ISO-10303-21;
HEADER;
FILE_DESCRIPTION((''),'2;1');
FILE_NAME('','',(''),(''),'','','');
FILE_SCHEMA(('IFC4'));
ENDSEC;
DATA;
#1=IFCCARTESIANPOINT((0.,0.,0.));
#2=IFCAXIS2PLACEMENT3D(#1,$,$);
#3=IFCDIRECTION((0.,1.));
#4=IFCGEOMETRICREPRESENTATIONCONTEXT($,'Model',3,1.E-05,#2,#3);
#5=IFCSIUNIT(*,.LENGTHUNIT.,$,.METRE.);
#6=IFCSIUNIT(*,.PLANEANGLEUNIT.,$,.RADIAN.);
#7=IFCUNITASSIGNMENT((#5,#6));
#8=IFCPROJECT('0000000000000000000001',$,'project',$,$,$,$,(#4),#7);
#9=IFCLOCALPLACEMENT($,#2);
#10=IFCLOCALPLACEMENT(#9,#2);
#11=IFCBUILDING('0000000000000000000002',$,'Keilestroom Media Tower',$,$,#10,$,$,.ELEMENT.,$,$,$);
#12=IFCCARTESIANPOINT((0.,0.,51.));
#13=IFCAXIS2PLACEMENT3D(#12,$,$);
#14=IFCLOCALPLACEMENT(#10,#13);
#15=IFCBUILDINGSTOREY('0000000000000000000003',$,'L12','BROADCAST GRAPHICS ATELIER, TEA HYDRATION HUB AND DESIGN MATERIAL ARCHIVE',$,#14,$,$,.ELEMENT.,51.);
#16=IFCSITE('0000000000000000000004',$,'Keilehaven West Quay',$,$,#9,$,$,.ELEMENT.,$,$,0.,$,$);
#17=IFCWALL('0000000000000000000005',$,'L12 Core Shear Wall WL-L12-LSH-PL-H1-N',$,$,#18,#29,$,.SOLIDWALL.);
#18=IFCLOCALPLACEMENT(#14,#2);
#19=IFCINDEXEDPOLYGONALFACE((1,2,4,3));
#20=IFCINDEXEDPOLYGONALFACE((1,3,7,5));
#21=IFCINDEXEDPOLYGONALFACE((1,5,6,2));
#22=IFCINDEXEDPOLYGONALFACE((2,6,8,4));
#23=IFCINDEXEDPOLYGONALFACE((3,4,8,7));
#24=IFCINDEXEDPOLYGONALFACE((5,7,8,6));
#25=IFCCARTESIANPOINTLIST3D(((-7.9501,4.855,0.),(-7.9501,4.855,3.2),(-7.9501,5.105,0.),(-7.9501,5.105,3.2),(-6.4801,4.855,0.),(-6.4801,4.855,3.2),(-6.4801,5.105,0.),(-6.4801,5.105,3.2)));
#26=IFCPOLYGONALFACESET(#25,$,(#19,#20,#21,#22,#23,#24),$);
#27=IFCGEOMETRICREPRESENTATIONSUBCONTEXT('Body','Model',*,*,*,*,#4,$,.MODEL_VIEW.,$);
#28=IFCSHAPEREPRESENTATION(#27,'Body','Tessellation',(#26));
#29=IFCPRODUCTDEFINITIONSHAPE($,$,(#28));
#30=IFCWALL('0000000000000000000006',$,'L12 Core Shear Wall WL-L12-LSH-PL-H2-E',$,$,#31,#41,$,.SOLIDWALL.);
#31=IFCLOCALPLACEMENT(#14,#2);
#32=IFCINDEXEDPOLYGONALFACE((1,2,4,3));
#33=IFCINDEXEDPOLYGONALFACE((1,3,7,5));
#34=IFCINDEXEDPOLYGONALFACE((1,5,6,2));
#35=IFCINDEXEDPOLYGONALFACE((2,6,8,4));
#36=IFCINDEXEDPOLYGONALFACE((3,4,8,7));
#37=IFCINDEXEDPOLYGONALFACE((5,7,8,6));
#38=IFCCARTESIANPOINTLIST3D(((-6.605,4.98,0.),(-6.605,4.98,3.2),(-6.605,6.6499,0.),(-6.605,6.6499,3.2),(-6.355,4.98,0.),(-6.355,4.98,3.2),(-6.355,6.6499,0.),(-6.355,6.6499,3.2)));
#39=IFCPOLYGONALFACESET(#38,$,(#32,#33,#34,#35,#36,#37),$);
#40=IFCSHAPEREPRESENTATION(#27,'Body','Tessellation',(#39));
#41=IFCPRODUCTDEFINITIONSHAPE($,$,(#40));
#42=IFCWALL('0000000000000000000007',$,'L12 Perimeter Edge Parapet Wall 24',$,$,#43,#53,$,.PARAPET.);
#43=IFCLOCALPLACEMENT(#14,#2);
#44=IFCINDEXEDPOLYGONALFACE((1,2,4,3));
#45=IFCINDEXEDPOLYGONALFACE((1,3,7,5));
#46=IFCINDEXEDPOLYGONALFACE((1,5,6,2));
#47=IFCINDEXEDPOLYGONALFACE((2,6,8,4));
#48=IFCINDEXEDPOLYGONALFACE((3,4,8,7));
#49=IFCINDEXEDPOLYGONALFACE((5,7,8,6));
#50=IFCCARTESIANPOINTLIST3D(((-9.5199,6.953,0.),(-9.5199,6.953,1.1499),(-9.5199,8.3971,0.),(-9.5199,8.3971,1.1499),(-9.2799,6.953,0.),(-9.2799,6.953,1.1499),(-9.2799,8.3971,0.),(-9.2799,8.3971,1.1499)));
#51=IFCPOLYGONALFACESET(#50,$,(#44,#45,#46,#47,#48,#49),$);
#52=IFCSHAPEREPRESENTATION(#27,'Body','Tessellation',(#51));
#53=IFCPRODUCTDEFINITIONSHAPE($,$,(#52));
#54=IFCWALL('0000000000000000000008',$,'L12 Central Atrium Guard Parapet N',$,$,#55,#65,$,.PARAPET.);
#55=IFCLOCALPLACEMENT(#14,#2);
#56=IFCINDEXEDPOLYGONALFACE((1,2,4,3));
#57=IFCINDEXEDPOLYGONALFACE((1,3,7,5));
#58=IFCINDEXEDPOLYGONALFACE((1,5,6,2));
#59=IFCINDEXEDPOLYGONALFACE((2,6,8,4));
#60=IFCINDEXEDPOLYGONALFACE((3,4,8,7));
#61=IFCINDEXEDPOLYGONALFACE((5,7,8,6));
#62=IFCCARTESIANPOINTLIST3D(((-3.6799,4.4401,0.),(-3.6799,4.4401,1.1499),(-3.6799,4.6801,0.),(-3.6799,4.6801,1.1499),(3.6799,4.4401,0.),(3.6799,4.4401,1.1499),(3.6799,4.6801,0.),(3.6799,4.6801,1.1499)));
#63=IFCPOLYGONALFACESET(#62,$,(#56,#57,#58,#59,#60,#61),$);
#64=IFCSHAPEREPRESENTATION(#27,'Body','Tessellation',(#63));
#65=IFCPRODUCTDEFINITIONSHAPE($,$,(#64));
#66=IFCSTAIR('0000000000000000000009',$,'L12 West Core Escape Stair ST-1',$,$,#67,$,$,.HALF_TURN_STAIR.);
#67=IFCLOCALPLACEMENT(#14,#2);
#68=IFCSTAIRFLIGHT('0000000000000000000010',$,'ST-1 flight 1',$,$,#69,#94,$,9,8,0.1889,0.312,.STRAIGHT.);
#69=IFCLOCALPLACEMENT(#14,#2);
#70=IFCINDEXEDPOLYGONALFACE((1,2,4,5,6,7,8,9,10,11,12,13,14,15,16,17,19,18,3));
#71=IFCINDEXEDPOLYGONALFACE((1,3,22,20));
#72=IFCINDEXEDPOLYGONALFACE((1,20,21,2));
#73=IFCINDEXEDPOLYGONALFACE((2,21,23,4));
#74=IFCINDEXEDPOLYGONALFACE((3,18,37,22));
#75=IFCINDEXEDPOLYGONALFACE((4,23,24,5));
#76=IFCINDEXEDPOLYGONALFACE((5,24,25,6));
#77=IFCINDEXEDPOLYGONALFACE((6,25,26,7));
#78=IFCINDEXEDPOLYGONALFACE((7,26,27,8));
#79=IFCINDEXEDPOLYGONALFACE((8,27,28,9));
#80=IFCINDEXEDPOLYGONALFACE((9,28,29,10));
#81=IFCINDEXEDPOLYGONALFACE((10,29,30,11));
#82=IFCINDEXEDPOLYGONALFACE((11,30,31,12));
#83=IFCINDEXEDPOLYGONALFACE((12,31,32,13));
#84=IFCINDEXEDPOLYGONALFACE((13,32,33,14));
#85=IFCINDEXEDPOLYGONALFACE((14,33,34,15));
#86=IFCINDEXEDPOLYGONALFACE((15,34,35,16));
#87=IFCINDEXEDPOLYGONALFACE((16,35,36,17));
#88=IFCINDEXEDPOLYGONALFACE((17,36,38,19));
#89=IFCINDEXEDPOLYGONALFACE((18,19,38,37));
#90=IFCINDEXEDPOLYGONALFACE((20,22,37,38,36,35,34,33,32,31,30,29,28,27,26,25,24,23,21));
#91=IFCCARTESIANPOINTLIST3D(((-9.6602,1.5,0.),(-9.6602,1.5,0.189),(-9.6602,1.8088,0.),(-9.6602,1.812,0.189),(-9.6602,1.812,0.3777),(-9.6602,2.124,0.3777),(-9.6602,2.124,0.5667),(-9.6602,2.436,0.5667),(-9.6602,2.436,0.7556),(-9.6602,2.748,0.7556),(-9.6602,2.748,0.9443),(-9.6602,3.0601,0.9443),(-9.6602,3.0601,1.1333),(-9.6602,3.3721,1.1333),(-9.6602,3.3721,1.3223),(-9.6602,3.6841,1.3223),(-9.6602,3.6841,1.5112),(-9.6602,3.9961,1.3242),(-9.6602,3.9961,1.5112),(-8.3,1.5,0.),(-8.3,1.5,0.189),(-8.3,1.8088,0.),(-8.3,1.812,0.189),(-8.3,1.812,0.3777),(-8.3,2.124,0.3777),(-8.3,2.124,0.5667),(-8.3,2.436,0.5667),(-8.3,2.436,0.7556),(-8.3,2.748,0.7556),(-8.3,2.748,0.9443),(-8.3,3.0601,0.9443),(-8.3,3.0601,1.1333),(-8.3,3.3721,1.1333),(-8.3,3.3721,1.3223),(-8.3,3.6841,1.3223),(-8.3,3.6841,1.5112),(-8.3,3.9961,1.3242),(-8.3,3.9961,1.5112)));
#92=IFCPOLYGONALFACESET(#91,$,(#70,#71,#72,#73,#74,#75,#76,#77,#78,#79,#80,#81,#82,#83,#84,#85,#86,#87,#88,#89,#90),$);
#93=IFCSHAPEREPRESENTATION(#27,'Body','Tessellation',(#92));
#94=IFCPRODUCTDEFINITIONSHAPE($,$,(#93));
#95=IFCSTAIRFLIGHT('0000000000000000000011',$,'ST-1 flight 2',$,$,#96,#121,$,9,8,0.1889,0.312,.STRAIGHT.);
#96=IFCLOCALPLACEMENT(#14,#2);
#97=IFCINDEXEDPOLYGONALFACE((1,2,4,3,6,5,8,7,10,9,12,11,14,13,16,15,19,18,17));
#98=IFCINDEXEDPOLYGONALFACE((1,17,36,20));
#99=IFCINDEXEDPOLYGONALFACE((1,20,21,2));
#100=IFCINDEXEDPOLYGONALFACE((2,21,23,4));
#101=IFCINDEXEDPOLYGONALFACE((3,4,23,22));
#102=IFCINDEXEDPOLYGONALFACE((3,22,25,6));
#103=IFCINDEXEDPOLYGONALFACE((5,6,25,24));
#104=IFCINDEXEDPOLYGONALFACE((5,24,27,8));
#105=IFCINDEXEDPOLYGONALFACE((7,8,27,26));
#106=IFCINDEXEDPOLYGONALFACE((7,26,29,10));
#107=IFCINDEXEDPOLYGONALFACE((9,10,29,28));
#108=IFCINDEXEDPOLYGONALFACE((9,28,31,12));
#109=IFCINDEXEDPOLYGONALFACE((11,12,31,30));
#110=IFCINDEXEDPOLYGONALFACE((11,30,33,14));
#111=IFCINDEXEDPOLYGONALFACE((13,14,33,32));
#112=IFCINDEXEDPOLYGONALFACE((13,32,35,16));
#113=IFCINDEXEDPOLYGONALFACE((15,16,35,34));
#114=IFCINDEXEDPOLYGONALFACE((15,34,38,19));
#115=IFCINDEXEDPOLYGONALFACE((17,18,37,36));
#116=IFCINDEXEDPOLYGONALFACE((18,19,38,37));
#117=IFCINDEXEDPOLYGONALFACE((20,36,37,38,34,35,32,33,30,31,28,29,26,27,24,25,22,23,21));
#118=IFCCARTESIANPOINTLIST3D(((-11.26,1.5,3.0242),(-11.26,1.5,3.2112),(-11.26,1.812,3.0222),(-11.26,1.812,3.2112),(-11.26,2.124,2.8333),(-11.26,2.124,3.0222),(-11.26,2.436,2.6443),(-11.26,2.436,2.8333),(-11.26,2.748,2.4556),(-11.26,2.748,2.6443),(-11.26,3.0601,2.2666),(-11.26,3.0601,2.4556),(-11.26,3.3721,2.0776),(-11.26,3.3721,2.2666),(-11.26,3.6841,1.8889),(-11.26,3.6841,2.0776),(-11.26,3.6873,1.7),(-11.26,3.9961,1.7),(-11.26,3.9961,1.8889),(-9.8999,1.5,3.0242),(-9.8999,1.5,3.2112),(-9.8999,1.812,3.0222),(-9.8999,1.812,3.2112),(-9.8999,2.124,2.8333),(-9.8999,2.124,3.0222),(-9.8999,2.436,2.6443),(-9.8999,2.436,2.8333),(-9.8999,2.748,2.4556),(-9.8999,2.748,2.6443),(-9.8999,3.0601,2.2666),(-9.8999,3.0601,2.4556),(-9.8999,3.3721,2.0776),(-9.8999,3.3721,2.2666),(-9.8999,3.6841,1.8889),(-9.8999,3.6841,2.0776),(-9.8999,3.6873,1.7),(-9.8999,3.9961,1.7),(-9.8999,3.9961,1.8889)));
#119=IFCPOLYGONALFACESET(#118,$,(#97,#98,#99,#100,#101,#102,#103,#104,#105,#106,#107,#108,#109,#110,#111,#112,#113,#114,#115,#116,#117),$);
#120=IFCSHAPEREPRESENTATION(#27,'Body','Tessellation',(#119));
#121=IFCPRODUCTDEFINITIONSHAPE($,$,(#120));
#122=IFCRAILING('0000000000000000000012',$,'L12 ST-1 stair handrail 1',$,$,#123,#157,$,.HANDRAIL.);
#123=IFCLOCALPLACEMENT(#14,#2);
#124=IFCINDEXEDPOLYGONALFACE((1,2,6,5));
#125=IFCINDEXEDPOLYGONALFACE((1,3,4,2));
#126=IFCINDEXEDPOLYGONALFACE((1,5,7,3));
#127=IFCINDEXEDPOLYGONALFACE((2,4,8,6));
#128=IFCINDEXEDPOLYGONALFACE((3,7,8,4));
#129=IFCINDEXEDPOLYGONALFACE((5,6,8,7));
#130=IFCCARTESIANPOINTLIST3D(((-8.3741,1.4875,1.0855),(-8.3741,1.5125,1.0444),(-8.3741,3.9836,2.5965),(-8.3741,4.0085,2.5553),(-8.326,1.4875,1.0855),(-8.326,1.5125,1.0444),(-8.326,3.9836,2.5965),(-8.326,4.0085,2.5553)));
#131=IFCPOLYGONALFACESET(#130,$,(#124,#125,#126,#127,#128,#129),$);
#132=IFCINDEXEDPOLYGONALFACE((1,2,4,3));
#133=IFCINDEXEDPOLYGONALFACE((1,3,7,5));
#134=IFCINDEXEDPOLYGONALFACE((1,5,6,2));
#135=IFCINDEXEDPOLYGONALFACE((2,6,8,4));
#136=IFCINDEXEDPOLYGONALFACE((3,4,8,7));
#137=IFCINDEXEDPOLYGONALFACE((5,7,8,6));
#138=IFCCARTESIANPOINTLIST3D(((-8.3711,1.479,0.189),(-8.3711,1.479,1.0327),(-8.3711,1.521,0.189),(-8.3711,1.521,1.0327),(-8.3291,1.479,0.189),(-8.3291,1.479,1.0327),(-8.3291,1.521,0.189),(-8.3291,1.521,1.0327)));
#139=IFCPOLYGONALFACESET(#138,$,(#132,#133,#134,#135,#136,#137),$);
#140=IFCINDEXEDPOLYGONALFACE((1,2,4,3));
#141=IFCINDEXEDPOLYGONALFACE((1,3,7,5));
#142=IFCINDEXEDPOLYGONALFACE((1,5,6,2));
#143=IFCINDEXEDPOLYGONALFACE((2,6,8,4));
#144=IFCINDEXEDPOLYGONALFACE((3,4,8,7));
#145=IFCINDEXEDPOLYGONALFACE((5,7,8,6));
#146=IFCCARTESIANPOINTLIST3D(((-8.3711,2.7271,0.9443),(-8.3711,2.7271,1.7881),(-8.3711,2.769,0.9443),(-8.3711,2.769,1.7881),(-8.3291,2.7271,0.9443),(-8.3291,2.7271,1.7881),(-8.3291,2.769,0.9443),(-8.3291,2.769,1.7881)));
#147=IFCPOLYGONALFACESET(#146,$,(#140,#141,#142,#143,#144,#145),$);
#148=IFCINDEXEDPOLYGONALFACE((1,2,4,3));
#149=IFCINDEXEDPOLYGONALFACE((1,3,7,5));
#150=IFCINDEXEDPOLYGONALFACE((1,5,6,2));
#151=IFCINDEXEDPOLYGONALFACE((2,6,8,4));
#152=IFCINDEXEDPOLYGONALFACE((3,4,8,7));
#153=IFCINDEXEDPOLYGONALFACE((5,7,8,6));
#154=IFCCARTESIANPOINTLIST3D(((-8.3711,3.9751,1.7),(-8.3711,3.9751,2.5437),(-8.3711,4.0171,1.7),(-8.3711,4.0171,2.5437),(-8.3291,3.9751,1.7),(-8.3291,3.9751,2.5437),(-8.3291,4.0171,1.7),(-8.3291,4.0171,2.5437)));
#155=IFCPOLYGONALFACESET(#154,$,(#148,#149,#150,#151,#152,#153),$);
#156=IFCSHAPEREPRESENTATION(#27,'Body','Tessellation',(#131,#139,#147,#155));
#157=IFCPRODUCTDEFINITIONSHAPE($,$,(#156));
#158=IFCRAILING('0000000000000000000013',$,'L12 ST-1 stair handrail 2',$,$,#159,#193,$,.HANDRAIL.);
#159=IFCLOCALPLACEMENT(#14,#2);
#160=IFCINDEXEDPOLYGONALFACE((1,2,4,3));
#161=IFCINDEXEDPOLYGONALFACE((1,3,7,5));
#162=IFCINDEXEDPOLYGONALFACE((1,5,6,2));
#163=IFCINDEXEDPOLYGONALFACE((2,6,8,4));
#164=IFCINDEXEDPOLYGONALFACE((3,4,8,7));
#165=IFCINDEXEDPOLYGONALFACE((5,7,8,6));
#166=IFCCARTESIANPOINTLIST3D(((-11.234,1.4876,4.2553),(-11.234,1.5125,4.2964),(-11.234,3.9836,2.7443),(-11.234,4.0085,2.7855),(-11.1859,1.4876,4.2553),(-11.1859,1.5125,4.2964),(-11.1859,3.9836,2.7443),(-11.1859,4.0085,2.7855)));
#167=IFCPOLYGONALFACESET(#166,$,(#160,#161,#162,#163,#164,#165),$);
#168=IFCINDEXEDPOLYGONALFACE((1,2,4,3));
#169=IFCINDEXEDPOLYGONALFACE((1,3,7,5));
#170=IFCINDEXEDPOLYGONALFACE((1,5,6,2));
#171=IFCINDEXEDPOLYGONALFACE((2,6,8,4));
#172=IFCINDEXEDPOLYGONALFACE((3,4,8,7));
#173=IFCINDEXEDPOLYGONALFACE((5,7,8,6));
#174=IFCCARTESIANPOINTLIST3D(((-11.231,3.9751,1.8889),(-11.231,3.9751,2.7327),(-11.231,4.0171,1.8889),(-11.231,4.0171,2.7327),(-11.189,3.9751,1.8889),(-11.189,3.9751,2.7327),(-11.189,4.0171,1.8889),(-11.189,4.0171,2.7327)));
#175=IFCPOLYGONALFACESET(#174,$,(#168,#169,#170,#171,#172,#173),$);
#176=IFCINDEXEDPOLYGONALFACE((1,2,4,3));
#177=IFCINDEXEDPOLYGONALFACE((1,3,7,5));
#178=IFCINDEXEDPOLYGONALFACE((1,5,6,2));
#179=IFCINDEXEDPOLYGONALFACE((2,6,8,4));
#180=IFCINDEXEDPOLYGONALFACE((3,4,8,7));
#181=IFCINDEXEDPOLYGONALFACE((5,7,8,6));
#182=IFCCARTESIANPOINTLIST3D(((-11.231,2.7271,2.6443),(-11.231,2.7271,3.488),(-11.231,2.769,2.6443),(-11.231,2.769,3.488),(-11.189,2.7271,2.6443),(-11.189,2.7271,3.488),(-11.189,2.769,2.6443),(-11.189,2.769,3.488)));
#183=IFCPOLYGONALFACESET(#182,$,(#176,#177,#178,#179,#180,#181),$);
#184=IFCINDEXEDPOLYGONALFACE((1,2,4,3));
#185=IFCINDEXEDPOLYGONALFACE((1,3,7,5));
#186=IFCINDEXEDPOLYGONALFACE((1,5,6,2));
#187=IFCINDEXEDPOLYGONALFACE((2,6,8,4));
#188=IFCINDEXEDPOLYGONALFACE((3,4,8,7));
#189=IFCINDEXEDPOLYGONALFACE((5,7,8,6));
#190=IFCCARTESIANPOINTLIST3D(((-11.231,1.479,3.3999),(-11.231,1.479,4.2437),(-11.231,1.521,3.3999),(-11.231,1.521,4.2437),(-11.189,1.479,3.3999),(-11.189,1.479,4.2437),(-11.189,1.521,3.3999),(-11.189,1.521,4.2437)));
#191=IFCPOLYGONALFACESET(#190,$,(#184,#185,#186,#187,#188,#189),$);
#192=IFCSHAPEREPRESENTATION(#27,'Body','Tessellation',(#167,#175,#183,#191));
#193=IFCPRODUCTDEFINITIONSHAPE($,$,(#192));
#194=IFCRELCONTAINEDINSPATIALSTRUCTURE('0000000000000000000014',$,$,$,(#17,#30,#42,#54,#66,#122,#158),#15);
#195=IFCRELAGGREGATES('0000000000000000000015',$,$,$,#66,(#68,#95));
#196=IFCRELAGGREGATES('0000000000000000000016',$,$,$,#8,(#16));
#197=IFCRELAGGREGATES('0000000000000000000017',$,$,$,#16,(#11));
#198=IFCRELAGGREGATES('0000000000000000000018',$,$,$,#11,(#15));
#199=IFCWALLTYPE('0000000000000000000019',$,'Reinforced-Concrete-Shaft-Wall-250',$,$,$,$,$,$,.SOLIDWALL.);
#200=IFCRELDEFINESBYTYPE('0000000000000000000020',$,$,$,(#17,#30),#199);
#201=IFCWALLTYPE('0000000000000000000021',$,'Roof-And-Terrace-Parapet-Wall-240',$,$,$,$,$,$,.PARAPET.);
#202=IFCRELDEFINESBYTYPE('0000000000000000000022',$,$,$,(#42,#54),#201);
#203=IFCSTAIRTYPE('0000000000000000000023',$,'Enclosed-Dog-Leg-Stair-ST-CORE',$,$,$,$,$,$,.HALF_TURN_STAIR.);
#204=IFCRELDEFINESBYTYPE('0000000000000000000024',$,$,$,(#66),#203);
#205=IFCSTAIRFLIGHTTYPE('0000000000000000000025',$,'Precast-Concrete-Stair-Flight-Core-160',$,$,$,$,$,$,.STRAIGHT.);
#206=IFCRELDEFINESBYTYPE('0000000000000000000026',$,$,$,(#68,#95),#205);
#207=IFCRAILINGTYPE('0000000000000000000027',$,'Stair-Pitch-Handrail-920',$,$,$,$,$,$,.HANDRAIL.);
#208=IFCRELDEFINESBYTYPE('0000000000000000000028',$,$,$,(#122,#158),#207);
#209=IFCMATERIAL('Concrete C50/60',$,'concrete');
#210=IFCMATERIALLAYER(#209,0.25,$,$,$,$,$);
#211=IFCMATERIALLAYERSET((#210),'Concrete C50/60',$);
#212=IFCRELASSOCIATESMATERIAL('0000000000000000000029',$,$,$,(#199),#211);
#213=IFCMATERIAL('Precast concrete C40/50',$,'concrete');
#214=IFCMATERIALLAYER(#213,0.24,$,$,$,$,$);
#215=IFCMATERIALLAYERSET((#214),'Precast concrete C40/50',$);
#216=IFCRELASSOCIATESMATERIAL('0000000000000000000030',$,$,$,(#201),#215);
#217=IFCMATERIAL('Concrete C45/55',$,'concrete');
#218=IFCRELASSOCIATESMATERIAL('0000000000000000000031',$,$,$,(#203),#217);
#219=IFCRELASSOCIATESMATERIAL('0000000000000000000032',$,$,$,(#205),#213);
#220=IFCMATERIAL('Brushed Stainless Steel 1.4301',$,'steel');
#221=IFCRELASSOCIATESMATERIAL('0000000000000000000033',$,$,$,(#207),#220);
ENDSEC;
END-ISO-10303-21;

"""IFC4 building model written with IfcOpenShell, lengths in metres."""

from ifc_helpers import new_model, si_unit, direction, frame, frame_2d, origin, origin_2d, place, context, subcontext, project, spatial, polyline, rectangle, outline, extrude, material, layer, layer_set, type_object, element, aggregate, save


model = new_model("IFC4")

# Units and contexts
model_context = context("Model", 3, precision=1e-05, world=origin(), true_north=direction((0.0, 1.0)))
body_context = subcontext(model_context, "Body", "Model", "MODEL_VIEW")
ifc_project = project(units=[si_unit("LENGTHUNIT", "METRE"), si_unit("PLANEANGLEUNIT", "RADIAN")], contexts=[model_context])

# Site, building, storey
site_placement = place(None, origin())
site = spatial("IfcSite", under=ifc_project, at=site_placement, Name="Keilehaven West Quay", CompositionType="ELEMENT", RefElevation=0.0)
building_placement = place(site_placement, origin())
building = spatial("IfcBuilding", under=site, at=building_placement, Name="Keilestroom Media Tower", CompositionType="ELEMENT")
storey_placement = place(building_placement, frame((0.0, 0.0, 51.0)))
storey = spatial("IfcBuildingStorey", under=building, at=storey_placement, Name="L12", Description="BROADCAST GRAPHICS ATELIER, TEA HYDRATION HUB AND DESIGN MATERIAL ARCHIVE", CompositionType="ELEMENT", Elevation=51.0)

# Shared definitions
ifc_material_1 = material(Name="Concrete C50/60", Category="concrete")
ifc_material_2 = material(Name="Concrete C45/55", Category="concrete")

# Shared definitions
ifc_layer_1 = layer(ifc_material_1, 0.25)
ifc_layer_set_1 = layer_set([ifc_layer_1], Name="Concrete C50/60")
wall_type_1 = type_object("IfcWallType", Name="Reinforced-Concrete-Shaft-Wall-250", PredefinedType="SOLIDWALL", material=ifc_layer_set_1)

# Walls
wall_1_placement = place(storey_placement, frame((-7.95, 4.98, 0.0), z_axis=(0.0, 0.0, 1.0), x_axis=(1.0, 0.0, 0.0)))
element("IfcWall", 1, at=wall_1_placement, inside=storey, type_object=wall_type_1, Name="L12 Core Shear Wall WL-L12-LSH-PL-H1-N", PredefinedType="SOLIDWALL", context=body_context, shape_type="SweptSolid", body=[
    extrude(rectangle(XDim=1.47, YDim=0.25, at=frame_2d((0.7349, 0.0))), origin(), (0.0, 0.0, 1.0), 3.2),
])
wall_2_placement = place(storey_placement, frame((-6.48, 4.98, 0.0), z_axis=(0.0, 0.0, 1.0), x_axis=(0.0, 1.0, 0.0)))
element("IfcWall", 2, at=wall_2_placement, inside=storey, type_object=wall_type_1, Name="L12 Core Shear Wall WL-L12-LSH-PL-H2-E", PredefinedType="SOLIDWALL", context=body_context, shape_type="SweptSolid", body=[
    extrude(rectangle(XDim=1.6699, YDim=0.25, at=frame_2d((0.835, 0.0))), origin(), (0.0, 0.0, 1.0), 3.2),
])
ifc_material_3 = material(Name="Precast concrete C40/50", Category="concrete")
ifc_layer_2 = layer(ifc_material_3, 0.24)
ifc_layer_set_2 = layer_set([ifc_layer_2], Name="Precast concrete C40/50")
wall_type_2 = type_object("IfcWallType", Name="Roof-And-Terrace-Parapet-Wall-240", PredefinedType="PARAPET", material=ifc_layer_set_2)
wall_3_placement = place(storey_placement, frame((-9.3999, 6.9529, 0.0), z_axis=(0.0, 0.0, 1.0), x_axis=(0.0, 1.0, 0.0)))
element("IfcWall", 3, at=wall_3_placement, inside=storey, type_object=wall_type_2, Name="L12 Perimeter Edge Parapet Wall 24", PredefinedType="PARAPET", context=body_context, shape_type="SweptSolid", body=[
    extrude(rectangle(XDim=1.4441, YDim=0.24, at=frame_2d((0.7222, 0.0))), origin(), (0.0, 0.0, 1.0), 1.1499),
])
wall_4_placement = place(storey_placement, frame((-3.6799, 4.5601, 0.0), z_axis=(0.0, 0.0, 1.0), x_axis=(1.0, 0.0, 0.0)))
element("IfcWall", 4, at=wall_4_placement, inside=storey, type_object=wall_type_2, Name="L12 Central Atrium Guard Parapet N", PredefinedType="PARAPET", context=body_context, shape_type="SweptSolid", body=[
    extrude(rectangle(XDim=7.3599, YDim=0.24, at=frame_2d((3.6799, 0.0))), origin(), (0.0, 0.0, 1.0), 1.1499),
])

# Stair, stair flights
stair_type = type_object("IfcStairType", Name="Enclosed-Dog-Leg-Stair-ST-CORE", PredefinedType="HALF_TURN_STAIR", material=ifc_material_2)
stair_placement = place(storey_placement, origin())
stair = element("IfcStair", 5, at=stair_placement, inside=storey, type_object=stair_type, Name="L12 West Core Escape Stair ST-1", PredefinedType="HALF_TURN_STAIR")
stair_flight_type = type_object("IfcStairFlightType", Name="Precast-Concrete-Stair-Flight-Core-160", PredefinedType="STRAIGHT", material=ifc_material_3)
stair_flight_1_placement = place(storey_placement, frame((-8.98, 1.5, 0.0), z_axis=(0.0, 0.0, 1.0), x_axis=(0.0, 1.0, 0.0)))
stair_flight_1 = element("IfcStairFlight", 6, at=stair_flight_1_placement, type_object=stair_flight_type, Name="ST-1 flight 1", NumberOfRisers=9, NumberOfTreads=8, PredefinedType="STRAIGHT", RiserHeight=0.1889, TreadLength=0.312, context=body_context, shape_type="SweptSolid", body=[
    extrude(outline(polyline([(0.0, 0.0), (0.0, 0.189), (0.312, 0.189), (0.312, 0.3777), (0.624, 0.3777), (0.624, 0.5667), (0.936, 0.5667), (0.936, 0.7556), (1.248, 0.7556), (1.248, 0.9443), (1.5601, 0.9443), (1.5601, 1.1333), (1.8721, 1.1333), (1.8721, 1.3223), (2.1841, 1.3223), (2.1841, 1.5112), (2.4961, 1.5112), (2.4961, 1.7), (2.4961, 1.3242), (0.3088, 0.0), (0.0, 0.0)])), frame((0.0, 0.6802, 0.0), z_axis=(0.0, -1.0, 0.0), x_axis=(1.0, 0.0, 0.0)), (0.0, 0.0, 1.0), 1.3601),
])
stair_flight_2_placement = place(storey_placement, frame((-10.5801, 3.9961, 1.7), z_axis=(0.0, 0.0, 1.0), x_axis=(0.0, -1.0, 0.0)))
stair_flight_2 = element("IfcStairFlight", 7, at=stair_flight_2_placement, type_object=stair_flight_type, Name="ST-1 flight 2", NumberOfRisers=9, NumberOfTreads=8, PredefinedType="STRAIGHT", RiserHeight=0.1889, TreadLength=0.312, context=body_context, shape_type="SweptSolid", body=[
    extrude(outline(polyline([(0.0, 0.0), (0.0, 0.189), (0.312, 0.189), (0.312, 0.3777), (0.624, 0.3777), (0.624, 0.5667), (0.936, 0.5667), (0.936, 0.7556), (1.248, 0.7556), (1.248, 0.9443), (1.5601, 0.9443), (1.5601, 1.1333), (1.8721, 1.1333), (1.8721, 1.3223), (2.1841, 1.3223), (2.1841, 1.5112), (2.4961, 1.5112), (2.4961, 1.7), (2.4961, 1.3242), (0.3088, 0.0), (0.0, 0.0)])), frame((0.0, 0.6802, 0.0), z_axis=(0.0, -1.0, 0.0), x_axis=(1.0, 0.0, 0.0)), (0.0, 0.0, 1.0), 1.3601),
])
aggregate(stair, [stair_flight_1, stair_flight_2])

# Railings
ifc_material_4 = material(Name="Brushed Stainless Steel 1.4301", Category="steel")
railing_type_1 = type_object("IfcRailingType", Name="Stair-Pitch-Handrail-920", PredefinedType="HANDRAIL", material=ifc_material_4)
railing_1_placement = place(storey_placement, frame((-8.3501, 1.5, 0.189)))
element("IfcRailing", 8, at=railing_1_placement, inside=storey, type_object=railing_type_1, Name="L12 ST-1 stair handrail 1", PredefinedType="HANDRAIL", context=body_context, shape_type="SweptSolid", body=[
    extrude(rectangle(XDim=0.0481, YDim=0.0481, at=origin_2d()), frame((0.0, 0.0, 0.876), z_axis=(0.0, 0.855471, 0.517851), x_axis=(-1.0, 0.0, 0.0)), (0.0, 0.0, 1.0), 2.9177),
    extrude(rectangle(XDim=0.042, YDim=0.042, at=origin_2d()), origin(), (0.0, 0.0, 1.0), 0.8438),
    extrude(rectangle(XDim=0.042, YDim=0.042, at=origin_2d()), frame((0.0, 1.248, 0.7554)), (0.0, 0.0, 1.0), 0.8438),
    extrude(rectangle(XDim=0.042, YDim=0.042, at=origin_2d()), frame((0.0, 2.4961, 1.511)), (0.0, 0.0, 1.0), 0.8438),
])
railing_2_placement = place(storey_placement, frame((-11.21, 3.9961, 1.8889)))
element("IfcRailing", 9, at=railing_2_placement, inside=storey, type_object=railing_type_1, Name="L12 ST-1 stair handrail 2", PredefinedType="HANDRAIL", context=body_context, shape_type="SweptSolid", body=[
    extrude(rectangle(XDim=0.0481, YDim=0.0481, at=origin_2d()), frame((0.0, 0.0, 0.876), z_axis=(0.0, -0.855471, 0.517851), x_axis=(1.0, 0.0, 0.0)), (0.0, 0.0, 1.0), 2.9177),
    extrude(rectangle(XDim=0.042, YDim=0.042, at=origin_2d()), origin(), (0.0, 0.0, 1.0), 0.8438),
    extrude(rectangle(XDim=0.042, YDim=0.042, at=origin_2d()), frame((0.0, -1.248, 0.7554)), (0.0, 0.0, 1.0), 0.8438),
    extrude(rectangle(XDim=0.042, YDim=0.042, at=origin_2d()), frame((0.0, -2.4961, 1.511)), (0.0, 0.0, 1.0), 0.8438),
])

save(model, "model.ifc")
